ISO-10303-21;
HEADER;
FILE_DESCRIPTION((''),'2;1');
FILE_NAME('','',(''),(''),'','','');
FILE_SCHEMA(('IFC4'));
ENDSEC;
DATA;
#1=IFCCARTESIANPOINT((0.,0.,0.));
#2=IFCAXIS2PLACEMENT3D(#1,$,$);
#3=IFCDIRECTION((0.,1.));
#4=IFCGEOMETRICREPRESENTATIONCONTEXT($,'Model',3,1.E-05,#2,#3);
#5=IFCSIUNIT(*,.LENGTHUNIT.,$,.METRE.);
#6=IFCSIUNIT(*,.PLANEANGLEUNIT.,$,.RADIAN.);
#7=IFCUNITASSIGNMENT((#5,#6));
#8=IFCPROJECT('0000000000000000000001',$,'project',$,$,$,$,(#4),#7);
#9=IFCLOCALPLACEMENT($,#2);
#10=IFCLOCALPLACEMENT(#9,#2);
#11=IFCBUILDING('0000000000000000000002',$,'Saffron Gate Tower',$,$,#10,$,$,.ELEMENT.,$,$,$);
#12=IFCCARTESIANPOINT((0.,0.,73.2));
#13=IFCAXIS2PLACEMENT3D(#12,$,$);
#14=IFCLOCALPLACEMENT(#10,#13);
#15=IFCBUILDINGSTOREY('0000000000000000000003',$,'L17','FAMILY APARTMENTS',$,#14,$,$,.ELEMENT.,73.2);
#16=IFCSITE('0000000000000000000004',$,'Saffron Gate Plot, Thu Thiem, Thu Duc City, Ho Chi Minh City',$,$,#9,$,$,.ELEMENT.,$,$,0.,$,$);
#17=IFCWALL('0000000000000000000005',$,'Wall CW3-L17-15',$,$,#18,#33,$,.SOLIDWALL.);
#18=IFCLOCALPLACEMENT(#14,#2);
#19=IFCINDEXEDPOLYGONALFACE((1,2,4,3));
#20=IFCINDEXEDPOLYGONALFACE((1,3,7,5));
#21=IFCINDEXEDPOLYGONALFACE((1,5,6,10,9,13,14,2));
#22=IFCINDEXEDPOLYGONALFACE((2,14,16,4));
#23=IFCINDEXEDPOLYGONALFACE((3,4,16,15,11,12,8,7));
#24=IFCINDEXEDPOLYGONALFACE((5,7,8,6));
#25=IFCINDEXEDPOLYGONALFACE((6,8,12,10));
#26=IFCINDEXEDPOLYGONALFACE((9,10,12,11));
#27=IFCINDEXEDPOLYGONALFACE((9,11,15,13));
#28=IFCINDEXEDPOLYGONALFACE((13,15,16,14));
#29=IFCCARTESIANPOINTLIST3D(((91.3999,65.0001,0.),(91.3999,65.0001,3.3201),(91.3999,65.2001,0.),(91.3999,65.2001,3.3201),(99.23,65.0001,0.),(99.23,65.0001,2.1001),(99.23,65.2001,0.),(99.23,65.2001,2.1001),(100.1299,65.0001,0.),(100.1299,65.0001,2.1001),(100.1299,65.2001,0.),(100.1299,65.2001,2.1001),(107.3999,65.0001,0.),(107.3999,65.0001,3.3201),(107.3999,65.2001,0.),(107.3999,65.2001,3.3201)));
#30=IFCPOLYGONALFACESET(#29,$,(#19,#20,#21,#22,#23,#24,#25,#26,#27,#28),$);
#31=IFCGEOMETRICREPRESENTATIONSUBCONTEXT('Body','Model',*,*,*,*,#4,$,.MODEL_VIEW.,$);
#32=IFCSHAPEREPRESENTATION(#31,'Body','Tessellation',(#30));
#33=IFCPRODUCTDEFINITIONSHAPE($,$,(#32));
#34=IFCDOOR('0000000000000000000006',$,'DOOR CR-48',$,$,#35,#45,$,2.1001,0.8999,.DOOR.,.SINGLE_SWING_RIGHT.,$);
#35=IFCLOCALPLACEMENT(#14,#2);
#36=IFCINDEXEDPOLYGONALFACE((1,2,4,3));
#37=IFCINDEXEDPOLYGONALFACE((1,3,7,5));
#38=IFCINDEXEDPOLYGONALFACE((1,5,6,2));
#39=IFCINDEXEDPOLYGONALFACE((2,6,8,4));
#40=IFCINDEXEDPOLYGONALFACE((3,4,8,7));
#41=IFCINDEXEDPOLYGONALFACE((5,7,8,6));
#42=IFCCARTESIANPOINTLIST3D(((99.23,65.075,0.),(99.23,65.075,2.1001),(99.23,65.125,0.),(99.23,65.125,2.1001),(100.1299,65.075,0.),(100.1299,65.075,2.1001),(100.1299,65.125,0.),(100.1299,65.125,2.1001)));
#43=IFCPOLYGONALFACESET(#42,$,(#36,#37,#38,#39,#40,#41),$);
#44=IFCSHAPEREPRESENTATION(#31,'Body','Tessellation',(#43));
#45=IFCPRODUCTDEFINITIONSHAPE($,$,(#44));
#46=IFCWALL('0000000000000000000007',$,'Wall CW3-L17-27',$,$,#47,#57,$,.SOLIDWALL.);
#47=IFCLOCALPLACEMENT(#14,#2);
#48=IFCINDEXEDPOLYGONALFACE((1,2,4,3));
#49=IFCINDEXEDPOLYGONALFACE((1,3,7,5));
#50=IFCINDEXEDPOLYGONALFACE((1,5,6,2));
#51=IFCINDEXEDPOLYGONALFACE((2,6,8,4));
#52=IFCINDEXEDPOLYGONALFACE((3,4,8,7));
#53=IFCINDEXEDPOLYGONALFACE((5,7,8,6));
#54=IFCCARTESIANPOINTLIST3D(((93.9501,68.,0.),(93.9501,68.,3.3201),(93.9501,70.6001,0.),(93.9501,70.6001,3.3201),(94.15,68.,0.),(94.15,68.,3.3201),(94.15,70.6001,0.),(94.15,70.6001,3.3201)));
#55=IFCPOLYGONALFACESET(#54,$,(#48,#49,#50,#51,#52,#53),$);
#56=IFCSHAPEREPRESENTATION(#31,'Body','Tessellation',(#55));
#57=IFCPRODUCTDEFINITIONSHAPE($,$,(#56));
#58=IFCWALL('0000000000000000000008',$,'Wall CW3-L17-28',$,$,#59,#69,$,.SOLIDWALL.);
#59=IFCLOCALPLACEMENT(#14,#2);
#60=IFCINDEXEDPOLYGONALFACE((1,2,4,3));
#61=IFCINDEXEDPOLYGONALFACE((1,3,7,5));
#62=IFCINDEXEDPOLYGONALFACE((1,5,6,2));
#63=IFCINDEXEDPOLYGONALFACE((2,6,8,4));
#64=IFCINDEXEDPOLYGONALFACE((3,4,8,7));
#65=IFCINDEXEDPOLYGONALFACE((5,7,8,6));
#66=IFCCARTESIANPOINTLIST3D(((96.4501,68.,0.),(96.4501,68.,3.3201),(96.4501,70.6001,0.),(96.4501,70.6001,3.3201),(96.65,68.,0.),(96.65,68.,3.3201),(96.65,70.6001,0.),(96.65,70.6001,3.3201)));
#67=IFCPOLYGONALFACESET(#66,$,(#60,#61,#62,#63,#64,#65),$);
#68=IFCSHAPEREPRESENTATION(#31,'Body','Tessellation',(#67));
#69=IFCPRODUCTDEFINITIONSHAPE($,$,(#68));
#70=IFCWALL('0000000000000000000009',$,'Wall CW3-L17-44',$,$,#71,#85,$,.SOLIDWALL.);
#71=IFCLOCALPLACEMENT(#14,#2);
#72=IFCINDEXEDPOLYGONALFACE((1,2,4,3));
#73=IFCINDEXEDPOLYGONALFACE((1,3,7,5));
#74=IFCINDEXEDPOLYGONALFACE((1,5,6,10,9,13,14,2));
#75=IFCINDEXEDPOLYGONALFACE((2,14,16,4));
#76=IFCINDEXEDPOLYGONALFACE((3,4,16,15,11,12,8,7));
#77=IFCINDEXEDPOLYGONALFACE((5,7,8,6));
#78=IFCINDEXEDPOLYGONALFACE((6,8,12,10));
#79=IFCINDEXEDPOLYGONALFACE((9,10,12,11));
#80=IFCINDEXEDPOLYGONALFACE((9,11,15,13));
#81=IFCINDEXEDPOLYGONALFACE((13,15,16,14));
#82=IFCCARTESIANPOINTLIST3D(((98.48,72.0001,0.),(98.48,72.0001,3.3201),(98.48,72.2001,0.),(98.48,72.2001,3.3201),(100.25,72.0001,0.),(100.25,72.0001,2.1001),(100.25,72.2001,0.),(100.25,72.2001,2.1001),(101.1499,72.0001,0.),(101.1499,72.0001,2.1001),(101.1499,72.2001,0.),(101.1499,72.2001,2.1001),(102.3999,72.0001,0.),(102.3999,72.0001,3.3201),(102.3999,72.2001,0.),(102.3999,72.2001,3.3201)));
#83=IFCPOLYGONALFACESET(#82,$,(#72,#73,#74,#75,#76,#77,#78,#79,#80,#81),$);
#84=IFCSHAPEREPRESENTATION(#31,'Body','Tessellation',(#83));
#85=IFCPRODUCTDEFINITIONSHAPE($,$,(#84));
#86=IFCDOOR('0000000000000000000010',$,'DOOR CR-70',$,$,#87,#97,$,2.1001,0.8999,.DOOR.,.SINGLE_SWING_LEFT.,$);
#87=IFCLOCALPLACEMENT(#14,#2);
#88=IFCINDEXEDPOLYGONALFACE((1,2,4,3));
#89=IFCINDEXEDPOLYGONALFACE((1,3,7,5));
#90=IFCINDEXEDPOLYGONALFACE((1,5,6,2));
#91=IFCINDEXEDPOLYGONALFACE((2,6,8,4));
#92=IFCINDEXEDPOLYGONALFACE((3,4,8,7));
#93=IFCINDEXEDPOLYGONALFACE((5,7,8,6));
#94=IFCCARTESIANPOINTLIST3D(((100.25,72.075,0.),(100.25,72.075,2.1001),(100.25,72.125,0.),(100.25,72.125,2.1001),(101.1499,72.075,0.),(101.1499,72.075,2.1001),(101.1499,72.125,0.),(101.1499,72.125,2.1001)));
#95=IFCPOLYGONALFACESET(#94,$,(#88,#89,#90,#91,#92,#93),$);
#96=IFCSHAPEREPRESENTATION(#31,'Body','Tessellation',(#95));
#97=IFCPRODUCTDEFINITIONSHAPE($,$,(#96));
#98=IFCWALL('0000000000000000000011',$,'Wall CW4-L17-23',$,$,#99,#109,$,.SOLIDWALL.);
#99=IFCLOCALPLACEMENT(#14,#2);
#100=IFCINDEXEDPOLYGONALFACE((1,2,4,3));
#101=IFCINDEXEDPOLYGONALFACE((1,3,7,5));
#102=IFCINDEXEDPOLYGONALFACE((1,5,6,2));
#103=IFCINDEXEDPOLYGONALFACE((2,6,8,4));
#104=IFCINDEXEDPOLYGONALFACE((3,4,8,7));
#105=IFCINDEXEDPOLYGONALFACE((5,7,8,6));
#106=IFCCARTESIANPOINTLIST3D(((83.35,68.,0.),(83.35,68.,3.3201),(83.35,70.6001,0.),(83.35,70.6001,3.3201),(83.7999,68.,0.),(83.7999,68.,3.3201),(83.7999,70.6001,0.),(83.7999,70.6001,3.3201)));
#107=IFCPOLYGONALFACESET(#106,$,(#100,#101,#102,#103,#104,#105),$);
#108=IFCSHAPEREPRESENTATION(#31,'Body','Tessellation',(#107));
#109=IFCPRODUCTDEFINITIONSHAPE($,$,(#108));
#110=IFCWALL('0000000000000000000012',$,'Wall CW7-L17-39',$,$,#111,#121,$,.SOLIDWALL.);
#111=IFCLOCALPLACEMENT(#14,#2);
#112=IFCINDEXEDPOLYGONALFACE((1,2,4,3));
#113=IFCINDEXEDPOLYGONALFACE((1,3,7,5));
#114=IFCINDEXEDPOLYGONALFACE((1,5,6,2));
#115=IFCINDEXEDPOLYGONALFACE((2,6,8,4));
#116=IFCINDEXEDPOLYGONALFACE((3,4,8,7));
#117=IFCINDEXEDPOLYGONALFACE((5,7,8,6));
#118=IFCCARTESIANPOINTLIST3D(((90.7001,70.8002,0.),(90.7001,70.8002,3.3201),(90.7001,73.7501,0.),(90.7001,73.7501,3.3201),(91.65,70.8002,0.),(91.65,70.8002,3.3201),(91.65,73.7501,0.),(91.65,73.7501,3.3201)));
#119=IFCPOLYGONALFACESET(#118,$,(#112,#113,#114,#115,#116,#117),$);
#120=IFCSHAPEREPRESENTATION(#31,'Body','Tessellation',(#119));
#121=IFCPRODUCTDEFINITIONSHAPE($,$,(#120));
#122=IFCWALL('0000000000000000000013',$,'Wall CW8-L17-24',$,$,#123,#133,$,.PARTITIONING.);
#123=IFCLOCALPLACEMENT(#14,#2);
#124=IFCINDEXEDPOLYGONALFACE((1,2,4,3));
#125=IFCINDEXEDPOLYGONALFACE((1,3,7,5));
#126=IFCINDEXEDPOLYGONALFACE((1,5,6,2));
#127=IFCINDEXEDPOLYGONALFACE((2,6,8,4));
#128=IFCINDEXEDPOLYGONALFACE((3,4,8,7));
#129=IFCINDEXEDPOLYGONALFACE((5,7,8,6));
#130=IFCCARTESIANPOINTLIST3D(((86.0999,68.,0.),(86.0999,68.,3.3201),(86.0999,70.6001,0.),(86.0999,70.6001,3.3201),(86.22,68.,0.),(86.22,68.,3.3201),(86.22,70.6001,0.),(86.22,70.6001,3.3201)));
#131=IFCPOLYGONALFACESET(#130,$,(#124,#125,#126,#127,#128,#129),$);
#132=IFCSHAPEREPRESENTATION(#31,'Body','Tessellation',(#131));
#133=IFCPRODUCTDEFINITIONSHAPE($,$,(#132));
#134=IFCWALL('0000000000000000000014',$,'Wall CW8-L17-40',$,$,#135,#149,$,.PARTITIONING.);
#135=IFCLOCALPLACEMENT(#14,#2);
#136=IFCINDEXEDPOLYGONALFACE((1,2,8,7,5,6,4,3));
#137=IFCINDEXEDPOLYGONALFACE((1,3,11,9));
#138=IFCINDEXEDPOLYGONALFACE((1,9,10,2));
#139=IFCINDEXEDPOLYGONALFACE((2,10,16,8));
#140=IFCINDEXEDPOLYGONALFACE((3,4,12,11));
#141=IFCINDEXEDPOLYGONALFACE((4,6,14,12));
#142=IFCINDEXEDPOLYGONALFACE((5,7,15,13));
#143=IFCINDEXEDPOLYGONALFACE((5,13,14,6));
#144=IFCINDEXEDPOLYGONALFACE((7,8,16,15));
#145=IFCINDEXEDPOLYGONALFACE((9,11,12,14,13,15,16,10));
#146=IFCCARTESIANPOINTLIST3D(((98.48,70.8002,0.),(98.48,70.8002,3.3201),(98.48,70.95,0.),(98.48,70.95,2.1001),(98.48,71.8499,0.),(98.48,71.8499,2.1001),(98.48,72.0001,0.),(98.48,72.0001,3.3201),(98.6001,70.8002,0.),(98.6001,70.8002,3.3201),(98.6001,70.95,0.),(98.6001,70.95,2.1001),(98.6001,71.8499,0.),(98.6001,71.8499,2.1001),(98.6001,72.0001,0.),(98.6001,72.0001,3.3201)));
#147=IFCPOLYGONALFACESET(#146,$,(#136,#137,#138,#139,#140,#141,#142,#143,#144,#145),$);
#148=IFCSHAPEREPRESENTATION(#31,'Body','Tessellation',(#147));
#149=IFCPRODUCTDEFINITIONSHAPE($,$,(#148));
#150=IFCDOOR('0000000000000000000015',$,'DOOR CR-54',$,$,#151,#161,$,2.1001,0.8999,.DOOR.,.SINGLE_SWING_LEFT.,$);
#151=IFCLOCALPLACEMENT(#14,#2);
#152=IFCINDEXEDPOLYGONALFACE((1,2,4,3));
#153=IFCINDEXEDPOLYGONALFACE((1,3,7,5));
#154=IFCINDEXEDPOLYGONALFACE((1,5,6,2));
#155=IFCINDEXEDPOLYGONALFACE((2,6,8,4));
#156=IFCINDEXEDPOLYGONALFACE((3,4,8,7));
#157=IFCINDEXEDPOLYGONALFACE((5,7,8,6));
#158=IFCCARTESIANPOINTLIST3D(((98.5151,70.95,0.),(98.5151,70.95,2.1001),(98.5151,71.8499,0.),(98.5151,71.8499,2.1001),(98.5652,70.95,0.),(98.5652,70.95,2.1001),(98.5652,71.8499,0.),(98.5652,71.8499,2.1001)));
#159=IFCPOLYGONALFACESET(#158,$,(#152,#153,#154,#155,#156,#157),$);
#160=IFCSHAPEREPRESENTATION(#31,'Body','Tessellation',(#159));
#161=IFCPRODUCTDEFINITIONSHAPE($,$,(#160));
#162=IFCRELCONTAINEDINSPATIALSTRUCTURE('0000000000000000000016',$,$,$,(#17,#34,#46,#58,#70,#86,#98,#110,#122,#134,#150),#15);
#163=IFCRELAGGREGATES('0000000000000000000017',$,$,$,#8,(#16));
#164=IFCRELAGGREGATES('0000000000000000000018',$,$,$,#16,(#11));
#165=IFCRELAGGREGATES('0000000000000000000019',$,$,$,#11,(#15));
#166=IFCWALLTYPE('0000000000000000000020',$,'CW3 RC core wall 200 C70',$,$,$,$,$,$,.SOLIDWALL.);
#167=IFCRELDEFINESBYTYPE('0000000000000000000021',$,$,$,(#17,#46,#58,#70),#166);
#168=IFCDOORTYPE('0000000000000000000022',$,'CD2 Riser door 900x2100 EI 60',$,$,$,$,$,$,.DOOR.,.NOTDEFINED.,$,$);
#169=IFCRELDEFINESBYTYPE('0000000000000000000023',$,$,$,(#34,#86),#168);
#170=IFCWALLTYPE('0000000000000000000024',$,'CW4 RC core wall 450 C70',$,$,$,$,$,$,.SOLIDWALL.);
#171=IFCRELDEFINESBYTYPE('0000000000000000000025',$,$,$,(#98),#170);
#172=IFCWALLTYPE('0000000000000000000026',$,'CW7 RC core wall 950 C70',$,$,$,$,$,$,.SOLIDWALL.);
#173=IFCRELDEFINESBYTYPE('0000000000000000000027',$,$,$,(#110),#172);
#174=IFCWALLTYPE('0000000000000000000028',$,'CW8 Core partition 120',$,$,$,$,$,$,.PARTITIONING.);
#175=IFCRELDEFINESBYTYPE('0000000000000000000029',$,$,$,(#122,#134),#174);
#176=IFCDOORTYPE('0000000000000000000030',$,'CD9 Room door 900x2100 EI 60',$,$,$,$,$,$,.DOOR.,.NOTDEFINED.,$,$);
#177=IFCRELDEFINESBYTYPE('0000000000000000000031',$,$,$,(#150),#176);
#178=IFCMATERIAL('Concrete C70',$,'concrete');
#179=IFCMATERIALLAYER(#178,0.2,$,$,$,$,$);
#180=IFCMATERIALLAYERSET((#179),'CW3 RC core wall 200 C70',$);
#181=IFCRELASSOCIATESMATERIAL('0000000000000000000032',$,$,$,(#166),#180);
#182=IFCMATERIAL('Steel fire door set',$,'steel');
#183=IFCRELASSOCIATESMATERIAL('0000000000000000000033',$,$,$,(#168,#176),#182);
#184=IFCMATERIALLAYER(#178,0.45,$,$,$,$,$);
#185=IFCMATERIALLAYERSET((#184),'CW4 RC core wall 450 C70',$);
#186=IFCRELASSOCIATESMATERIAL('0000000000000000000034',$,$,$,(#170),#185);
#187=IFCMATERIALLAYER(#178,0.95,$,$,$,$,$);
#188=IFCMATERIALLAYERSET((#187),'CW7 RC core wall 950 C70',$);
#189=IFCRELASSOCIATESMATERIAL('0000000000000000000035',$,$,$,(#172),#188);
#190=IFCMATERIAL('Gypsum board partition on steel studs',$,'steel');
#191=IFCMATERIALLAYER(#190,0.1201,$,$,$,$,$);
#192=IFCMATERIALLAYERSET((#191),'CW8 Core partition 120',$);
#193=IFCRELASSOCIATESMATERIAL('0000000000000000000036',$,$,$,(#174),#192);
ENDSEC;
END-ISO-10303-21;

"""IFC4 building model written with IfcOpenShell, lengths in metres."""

from ifc_helpers import new_model, si_unit, direction, frame, frame_2d, origin, place, context, subcontext, project, spatial, rectangle, extrude, material, layer, layer_set, type_object, element, fill, save


model = new_model("IFC4")

# Units and contexts
model_context = context("Model", 3, precision=1e-05, world=origin(), true_north=direction((0.0, 1.0)))
body_context = subcontext(model_context, "Body", "Model", "MODEL_VIEW")
ifc_project = project(units=[si_unit("LENGTHUNIT", "METRE"), si_unit("PLANEANGLEUNIT", "RADIAN")], contexts=[model_context])

# Site, building, storey
site_placement = place(None, origin())
site = spatial("IfcSite", under=ifc_project, at=site_placement, Name="Saffron Gate Plot, Thu Thiem, Thu Duc City, Ho Chi Minh City", CompositionType="ELEMENT", RefElevation=0.0)
building_placement = place(site_placement, origin())
building = spatial("IfcBuilding", under=site, at=building_placement, Name="Saffron Gate Tower", CompositionType="ELEMENT")
storey_placement = place(building_placement, frame((0.0, 0.0, 73.2)))
storey = spatial("IfcBuildingStorey", under=building, at=storey_placement, Name="L17", Description="FAMILY APARTMENTS", CompositionType="ELEMENT", Elevation=73.2)

# Shared definitions
ifc_material_1 = material(Name="Gypsum board partition on steel studs", Category="steel")
ifc_material_2 = material(Name="Concrete C70", Category="concrete")

# Shared definitions
ifc_material_3 = material(Name="Steel fire door set", Category="steel")

# Shared definitions
ifc_layer_1 = layer(ifc_material_2, 0.2)
ifc_layer_set_1 = layer_set([ifc_layer_1], Name="CW3 RC core wall 200 C70")
wall_type_1 = type_object("IfcWallType", Name="CW3 RC core wall 200 C70", PredefinedType="SOLIDWALL", material=ifc_layer_set_1)

# Wall, opening, door
wall_1_placement = place(storey_placement, frame((91.3999, 65.1001, 0.0), z_axis=(0.0, 0.0, 1.0), x_axis=(1.0, 0.0, 0.0)))
wall_1 = element("IfcWall", 1, at=wall_1_placement, inside=storey, type_object=wall_type_1, Name="Wall CW3-L17-15", PredefinedType="SOLIDWALL", context=body_context, shape_type="SweptSolid", body=[
    extrude(rectangle(XDim=16.0, YDim=0.2, at=frame_2d((8.0, 0.0))), origin(), (0.0, 0.0, 1.0), 3.3201),
])
opening_1_placement = place(wall_1_placement, frame((7.8301, 0.0, 0.0)))
opening_1 = element("IfcOpeningElement", 2, at=opening_1_placement, cuts=wall_1, PredefinedType="OPENING", context=body_context, shape_type="SweptSolid", body=[
    extrude(rectangle(XDim=0.8999, YDim=2.1001, at=frame_2d((0.45, 1.05))), frame((0.0, 0.1099, 0.0), z_axis=(0.0, -1.0, 0.0), x_axis=(1.0, 0.0, 0.0)), (0.0, 0.0, 1.0), 0.22),
])
door_type_1 = type_object("IfcDoorType", Name="CD2 Riser door 900x2100 EI 60", OperationType="NOTDEFINED", PredefinedType="DOOR", material=ifc_material_3)
door_1_placement = place(opening_1_placement, origin())
door_1 = element("IfcDoor", 3, at=door_1_placement, inside=storey, type_object=door_type_1, Name="DOOR CR-48", OperationType="SINGLE_SWING_RIGHT", OverallHeight=2.1001, OverallWidth=0.8999, PredefinedType="DOOR", context=body_context, shape_type="SweptSolid", body=[
    extrude(rectangle(XDim=0.8999, YDim=2.1001, at=frame_2d((0.45, 1.05))), frame((0.0, 0.0249, 0.0), z_axis=(0.0, -1.0, 0.0), x_axis=(1.0, 0.0, 0.0)), (0.0, 0.0, 1.0), 0.05),
])
fill(opening_1, door_1)

# Walls
for number, where, z_axis, x_axis, name in (
    (4, (94.05, 68.0, 0.0), (0.0, 0.0, 1.0), (0.0, 1.0, 0.0), "Wall CW3-L17-27"),
    (5, (96.55, 68.0, 0.0), (0.0, 0.0, 1.0), (0.0, 1.0, 0.0), "Wall CW3-L17-28"),
):
    element("IfcWall", number, at=place(storey_placement, frame(where, z_axis=z_axis, x_axis=x_axis)), inside=storey, type_object=wall_type_1, Name=name, PredefinedType="SOLIDWALL", context=body_context, shape_type="SweptSolid", body=[
        extrude(rectangle(XDim=2.6001, YDim=0.2, at=frame_2d((1.3, 0.0))), origin(), (0.0, 0.0, 1.0), 3.3201),
    ])

# Wall, opening, door
wall_2_placement = place(storey_placement, frame((98.48, 72.1001, 0.0), z_axis=(0.0, 0.0, 1.0), x_axis=(1.0, 0.0, 0.0)))
wall_2 = element("IfcWall", 6, at=wall_2_placement, inside=storey, type_object=wall_type_1, Name="Wall CW3-L17-44", PredefinedType="SOLIDWALL", context=body_context, shape_type="SweptSolid", body=[
    extrude(rectangle(XDim=3.9199, YDim=0.2, at=frame_2d((1.96, 0.0))), origin(), (0.0, 0.0, 1.0), 3.3201),
])
opening_2_placement = place(wall_2_placement, frame((1.77, 0.0, 0.0)))
opening_2 = element("IfcOpeningElement", 7, at=opening_2_placement, cuts=wall_2, PredefinedType="OPENING", context=body_context, shape_type="SweptSolid", body=[
    extrude(rectangle(XDim=0.8999, YDim=2.1001, at=frame_2d((0.45, 1.05))), frame((0.0, 0.1099, 0.0), z_axis=(0.0, -1.0, 0.0), x_axis=(1.0, 0.0, 0.0)), (0.0, 0.0, 1.0), 0.22),
])
door_2_placement = place(opening_2_placement, origin())
door_2 = element("IfcDoor", 8, at=door_2_placement, inside=storey, type_object=door_type_1, Name="DOOR CR-70", OperationType="SINGLE_SWING_LEFT", OverallHeight=2.1001, OverallWidth=0.8999, PredefinedType="DOOR", context=body_context, shape_type="SweptSolid", body=[
    extrude(rectangle(XDim=0.8999, YDim=2.1001, at=frame_2d((0.45, 1.05))), frame((0.0, 0.0249, 0.0), z_axis=(0.0, -1.0, 0.0), x_axis=(1.0, 0.0, 0.0)), (0.0, 0.0, 1.0), 0.05),
])
fill(opening_2, door_2)

# Walls
ifc_layer_2 = layer(ifc_material_2, 0.45)
ifc_layer_set_2 = layer_set([ifc_layer_2], Name="CW4 RC core wall 450 C70")
wall_type_2 = type_object("IfcWallType", Name="CW4 RC core wall 450 C70", PredefinedType="SOLIDWALL", material=ifc_layer_set_2)
wall_3_placement = place(storey_placement, frame((83.575, 68.0, 0.0), z_axis=(0.0, 0.0, 1.0), x_axis=(0.0, 1.0, 0.0)))
element("IfcWall", 9, at=wall_3_placement, inside=storey, type_object=wall_type_2, Name="Wall CW4-L17-23", PredefinedType="SOLIDWALL", context=body_context, shape_type="SweptSolid", body=[
    extrude(rectangle(XDim=2.6001, YDim=0.45, at=frame_2d((1.3, 0.0))), origin(), (0.0, 0.0, 1.0), 3.3201),
])
ifc_layer_3 = layer(ifc_material_2, 0.95)
ifc_layer_set_3 = layer_set([ifc_layer_3], Name="CW7 RC core wall 950 C70")
wall_type_3 = type_object("IfcWallType", Name="CW7 RC core wall 950 C70", PredefinedType="SOLIDWALL", material=ifc_layer_set_3)
wall_4_placement = place(storey_placement, frame((91.175, 70.8, 0.0), z_axis=(0.0, 0.0, 1.0), x_axis=(0.0, 1.0, 0.0)))
element("IfcWall", 10, at=wall_4_placement, inside=storey, type_object=wall_type_3, Name="Wall CW7-L17-39", PredefinedType="SOLIDWALL", context=body_context, shape_type="SweptSolid", body=[
    extrude(rectangle(XDim=2.95, YDim=0.95, at=frame_2d((1.4751, 0.0))), origin(), (0.0, 0.0, 1.0), 3.3201),
])
ifc_layer_4 = layer(ifc_material_1, 0.1201)
ifc_layer_set_4 = layer_set([ifc_layer_4], Name="CW8 Core partition 120")
wall_type_4 = type_object("IfcWallType", Name="CW8 Core partition 120", PredefinedType="PARTITIONING", material=ifc_layer_set_4)
wall_5_placement = place(storey_placement, frame((86.1599, 68.0, 0.0), z_axis=(0.0, 0.0, 1.0), x_axis=(0.0, 1.0, 0.0)))
element("IfcWall", 11, at=wall_5_placement, inside=storey, type_object=wall_type_4, Name="Wall CW8-L17-24", PredefinedType="PARTITIONING", context=body_context, shape_type="SweptSolid", body=[
    extrude(rectangle(XDim=2.6001, YDim=0.1201, at=frame_2d((1.3, 0.0))), origin(), (0.0, 0.0, 1.0), 3.3201),
])

# Wall, opening, door
wall_6_placement = place(storey_placement, frame((98.54, 70.8, 0.0), z_axis=(0.0, 0.0, 1.0), x_axis=(0.0, 1.0, 0.0)))
wall_6 = element("IfcWall", 12, at=wall_6_placement, inside=storey, type_object=wall_type_4, Name="Wall CW8-L17-40", PredefinedType="PARTITIONING", context=body_context, shape_type="SweptSolid", body=[
    extrude(rectangle(XDim=1.2, YDim=0.1201, at=frame_2d((0.6001, 0.0))), origin(), (0.0, 0.0, 1.0), 3.3201),
])
opening_3_placement = place(wall_6_placement, frame((0.1499, 0.0, 0.0)))
opening_3 = element("IfcOpeningElement", 13, at=opening_3_placement, cuts=wall_6, PredefinedType="OPENING", context=body_context, shape_type="SweptSolid", body=[
    extrude(rectangle(XDim=0.8999, YDim=2.1001, at=frame_2d((0.45, 1.05))), frame((0.0, 0.0701, 0.0), z_axis=(0.0, -1.0, 0.0), x_axis=(1.0, 0.0, 0.0)), (0.0, 0.0, 1.0), 0.1401),
])
door_type_2 = type_object("IfcDoorType", Name="CD9 Room door 900x2100 EI 60", OperationType="NOTDEFINED", PredefinedType="DOOR", material=ifc_material_3)
door_3_placement = place(opening_3_placement, origin())
door_3 = element("IfcDoor", 14, at=door_3_placement, inside=storey, type_object=door_type_2, Name="DOOR CR-54", OperationType="SINGLE_SWING_LEFT", OverallHeight=2.1001, OverallWidth=0.8999, PredefinedType="DOOR", context=body_context, shape_type="SweptSolid", body=[
    extrude(rectangle(XDim=0.8999, YDim=2.1001, at=frame_2d((0.45, 1.05))), frame((0.0, 0.0249, 0.0), z_axis=(0.0, -1.0, 0.0), x_axis=(1.0, 0.0, 0.0)), (0.0, 0.0, 1.0), 0.05),
])
fill(opening_3, door_3)

save(model, "model.ifc")
